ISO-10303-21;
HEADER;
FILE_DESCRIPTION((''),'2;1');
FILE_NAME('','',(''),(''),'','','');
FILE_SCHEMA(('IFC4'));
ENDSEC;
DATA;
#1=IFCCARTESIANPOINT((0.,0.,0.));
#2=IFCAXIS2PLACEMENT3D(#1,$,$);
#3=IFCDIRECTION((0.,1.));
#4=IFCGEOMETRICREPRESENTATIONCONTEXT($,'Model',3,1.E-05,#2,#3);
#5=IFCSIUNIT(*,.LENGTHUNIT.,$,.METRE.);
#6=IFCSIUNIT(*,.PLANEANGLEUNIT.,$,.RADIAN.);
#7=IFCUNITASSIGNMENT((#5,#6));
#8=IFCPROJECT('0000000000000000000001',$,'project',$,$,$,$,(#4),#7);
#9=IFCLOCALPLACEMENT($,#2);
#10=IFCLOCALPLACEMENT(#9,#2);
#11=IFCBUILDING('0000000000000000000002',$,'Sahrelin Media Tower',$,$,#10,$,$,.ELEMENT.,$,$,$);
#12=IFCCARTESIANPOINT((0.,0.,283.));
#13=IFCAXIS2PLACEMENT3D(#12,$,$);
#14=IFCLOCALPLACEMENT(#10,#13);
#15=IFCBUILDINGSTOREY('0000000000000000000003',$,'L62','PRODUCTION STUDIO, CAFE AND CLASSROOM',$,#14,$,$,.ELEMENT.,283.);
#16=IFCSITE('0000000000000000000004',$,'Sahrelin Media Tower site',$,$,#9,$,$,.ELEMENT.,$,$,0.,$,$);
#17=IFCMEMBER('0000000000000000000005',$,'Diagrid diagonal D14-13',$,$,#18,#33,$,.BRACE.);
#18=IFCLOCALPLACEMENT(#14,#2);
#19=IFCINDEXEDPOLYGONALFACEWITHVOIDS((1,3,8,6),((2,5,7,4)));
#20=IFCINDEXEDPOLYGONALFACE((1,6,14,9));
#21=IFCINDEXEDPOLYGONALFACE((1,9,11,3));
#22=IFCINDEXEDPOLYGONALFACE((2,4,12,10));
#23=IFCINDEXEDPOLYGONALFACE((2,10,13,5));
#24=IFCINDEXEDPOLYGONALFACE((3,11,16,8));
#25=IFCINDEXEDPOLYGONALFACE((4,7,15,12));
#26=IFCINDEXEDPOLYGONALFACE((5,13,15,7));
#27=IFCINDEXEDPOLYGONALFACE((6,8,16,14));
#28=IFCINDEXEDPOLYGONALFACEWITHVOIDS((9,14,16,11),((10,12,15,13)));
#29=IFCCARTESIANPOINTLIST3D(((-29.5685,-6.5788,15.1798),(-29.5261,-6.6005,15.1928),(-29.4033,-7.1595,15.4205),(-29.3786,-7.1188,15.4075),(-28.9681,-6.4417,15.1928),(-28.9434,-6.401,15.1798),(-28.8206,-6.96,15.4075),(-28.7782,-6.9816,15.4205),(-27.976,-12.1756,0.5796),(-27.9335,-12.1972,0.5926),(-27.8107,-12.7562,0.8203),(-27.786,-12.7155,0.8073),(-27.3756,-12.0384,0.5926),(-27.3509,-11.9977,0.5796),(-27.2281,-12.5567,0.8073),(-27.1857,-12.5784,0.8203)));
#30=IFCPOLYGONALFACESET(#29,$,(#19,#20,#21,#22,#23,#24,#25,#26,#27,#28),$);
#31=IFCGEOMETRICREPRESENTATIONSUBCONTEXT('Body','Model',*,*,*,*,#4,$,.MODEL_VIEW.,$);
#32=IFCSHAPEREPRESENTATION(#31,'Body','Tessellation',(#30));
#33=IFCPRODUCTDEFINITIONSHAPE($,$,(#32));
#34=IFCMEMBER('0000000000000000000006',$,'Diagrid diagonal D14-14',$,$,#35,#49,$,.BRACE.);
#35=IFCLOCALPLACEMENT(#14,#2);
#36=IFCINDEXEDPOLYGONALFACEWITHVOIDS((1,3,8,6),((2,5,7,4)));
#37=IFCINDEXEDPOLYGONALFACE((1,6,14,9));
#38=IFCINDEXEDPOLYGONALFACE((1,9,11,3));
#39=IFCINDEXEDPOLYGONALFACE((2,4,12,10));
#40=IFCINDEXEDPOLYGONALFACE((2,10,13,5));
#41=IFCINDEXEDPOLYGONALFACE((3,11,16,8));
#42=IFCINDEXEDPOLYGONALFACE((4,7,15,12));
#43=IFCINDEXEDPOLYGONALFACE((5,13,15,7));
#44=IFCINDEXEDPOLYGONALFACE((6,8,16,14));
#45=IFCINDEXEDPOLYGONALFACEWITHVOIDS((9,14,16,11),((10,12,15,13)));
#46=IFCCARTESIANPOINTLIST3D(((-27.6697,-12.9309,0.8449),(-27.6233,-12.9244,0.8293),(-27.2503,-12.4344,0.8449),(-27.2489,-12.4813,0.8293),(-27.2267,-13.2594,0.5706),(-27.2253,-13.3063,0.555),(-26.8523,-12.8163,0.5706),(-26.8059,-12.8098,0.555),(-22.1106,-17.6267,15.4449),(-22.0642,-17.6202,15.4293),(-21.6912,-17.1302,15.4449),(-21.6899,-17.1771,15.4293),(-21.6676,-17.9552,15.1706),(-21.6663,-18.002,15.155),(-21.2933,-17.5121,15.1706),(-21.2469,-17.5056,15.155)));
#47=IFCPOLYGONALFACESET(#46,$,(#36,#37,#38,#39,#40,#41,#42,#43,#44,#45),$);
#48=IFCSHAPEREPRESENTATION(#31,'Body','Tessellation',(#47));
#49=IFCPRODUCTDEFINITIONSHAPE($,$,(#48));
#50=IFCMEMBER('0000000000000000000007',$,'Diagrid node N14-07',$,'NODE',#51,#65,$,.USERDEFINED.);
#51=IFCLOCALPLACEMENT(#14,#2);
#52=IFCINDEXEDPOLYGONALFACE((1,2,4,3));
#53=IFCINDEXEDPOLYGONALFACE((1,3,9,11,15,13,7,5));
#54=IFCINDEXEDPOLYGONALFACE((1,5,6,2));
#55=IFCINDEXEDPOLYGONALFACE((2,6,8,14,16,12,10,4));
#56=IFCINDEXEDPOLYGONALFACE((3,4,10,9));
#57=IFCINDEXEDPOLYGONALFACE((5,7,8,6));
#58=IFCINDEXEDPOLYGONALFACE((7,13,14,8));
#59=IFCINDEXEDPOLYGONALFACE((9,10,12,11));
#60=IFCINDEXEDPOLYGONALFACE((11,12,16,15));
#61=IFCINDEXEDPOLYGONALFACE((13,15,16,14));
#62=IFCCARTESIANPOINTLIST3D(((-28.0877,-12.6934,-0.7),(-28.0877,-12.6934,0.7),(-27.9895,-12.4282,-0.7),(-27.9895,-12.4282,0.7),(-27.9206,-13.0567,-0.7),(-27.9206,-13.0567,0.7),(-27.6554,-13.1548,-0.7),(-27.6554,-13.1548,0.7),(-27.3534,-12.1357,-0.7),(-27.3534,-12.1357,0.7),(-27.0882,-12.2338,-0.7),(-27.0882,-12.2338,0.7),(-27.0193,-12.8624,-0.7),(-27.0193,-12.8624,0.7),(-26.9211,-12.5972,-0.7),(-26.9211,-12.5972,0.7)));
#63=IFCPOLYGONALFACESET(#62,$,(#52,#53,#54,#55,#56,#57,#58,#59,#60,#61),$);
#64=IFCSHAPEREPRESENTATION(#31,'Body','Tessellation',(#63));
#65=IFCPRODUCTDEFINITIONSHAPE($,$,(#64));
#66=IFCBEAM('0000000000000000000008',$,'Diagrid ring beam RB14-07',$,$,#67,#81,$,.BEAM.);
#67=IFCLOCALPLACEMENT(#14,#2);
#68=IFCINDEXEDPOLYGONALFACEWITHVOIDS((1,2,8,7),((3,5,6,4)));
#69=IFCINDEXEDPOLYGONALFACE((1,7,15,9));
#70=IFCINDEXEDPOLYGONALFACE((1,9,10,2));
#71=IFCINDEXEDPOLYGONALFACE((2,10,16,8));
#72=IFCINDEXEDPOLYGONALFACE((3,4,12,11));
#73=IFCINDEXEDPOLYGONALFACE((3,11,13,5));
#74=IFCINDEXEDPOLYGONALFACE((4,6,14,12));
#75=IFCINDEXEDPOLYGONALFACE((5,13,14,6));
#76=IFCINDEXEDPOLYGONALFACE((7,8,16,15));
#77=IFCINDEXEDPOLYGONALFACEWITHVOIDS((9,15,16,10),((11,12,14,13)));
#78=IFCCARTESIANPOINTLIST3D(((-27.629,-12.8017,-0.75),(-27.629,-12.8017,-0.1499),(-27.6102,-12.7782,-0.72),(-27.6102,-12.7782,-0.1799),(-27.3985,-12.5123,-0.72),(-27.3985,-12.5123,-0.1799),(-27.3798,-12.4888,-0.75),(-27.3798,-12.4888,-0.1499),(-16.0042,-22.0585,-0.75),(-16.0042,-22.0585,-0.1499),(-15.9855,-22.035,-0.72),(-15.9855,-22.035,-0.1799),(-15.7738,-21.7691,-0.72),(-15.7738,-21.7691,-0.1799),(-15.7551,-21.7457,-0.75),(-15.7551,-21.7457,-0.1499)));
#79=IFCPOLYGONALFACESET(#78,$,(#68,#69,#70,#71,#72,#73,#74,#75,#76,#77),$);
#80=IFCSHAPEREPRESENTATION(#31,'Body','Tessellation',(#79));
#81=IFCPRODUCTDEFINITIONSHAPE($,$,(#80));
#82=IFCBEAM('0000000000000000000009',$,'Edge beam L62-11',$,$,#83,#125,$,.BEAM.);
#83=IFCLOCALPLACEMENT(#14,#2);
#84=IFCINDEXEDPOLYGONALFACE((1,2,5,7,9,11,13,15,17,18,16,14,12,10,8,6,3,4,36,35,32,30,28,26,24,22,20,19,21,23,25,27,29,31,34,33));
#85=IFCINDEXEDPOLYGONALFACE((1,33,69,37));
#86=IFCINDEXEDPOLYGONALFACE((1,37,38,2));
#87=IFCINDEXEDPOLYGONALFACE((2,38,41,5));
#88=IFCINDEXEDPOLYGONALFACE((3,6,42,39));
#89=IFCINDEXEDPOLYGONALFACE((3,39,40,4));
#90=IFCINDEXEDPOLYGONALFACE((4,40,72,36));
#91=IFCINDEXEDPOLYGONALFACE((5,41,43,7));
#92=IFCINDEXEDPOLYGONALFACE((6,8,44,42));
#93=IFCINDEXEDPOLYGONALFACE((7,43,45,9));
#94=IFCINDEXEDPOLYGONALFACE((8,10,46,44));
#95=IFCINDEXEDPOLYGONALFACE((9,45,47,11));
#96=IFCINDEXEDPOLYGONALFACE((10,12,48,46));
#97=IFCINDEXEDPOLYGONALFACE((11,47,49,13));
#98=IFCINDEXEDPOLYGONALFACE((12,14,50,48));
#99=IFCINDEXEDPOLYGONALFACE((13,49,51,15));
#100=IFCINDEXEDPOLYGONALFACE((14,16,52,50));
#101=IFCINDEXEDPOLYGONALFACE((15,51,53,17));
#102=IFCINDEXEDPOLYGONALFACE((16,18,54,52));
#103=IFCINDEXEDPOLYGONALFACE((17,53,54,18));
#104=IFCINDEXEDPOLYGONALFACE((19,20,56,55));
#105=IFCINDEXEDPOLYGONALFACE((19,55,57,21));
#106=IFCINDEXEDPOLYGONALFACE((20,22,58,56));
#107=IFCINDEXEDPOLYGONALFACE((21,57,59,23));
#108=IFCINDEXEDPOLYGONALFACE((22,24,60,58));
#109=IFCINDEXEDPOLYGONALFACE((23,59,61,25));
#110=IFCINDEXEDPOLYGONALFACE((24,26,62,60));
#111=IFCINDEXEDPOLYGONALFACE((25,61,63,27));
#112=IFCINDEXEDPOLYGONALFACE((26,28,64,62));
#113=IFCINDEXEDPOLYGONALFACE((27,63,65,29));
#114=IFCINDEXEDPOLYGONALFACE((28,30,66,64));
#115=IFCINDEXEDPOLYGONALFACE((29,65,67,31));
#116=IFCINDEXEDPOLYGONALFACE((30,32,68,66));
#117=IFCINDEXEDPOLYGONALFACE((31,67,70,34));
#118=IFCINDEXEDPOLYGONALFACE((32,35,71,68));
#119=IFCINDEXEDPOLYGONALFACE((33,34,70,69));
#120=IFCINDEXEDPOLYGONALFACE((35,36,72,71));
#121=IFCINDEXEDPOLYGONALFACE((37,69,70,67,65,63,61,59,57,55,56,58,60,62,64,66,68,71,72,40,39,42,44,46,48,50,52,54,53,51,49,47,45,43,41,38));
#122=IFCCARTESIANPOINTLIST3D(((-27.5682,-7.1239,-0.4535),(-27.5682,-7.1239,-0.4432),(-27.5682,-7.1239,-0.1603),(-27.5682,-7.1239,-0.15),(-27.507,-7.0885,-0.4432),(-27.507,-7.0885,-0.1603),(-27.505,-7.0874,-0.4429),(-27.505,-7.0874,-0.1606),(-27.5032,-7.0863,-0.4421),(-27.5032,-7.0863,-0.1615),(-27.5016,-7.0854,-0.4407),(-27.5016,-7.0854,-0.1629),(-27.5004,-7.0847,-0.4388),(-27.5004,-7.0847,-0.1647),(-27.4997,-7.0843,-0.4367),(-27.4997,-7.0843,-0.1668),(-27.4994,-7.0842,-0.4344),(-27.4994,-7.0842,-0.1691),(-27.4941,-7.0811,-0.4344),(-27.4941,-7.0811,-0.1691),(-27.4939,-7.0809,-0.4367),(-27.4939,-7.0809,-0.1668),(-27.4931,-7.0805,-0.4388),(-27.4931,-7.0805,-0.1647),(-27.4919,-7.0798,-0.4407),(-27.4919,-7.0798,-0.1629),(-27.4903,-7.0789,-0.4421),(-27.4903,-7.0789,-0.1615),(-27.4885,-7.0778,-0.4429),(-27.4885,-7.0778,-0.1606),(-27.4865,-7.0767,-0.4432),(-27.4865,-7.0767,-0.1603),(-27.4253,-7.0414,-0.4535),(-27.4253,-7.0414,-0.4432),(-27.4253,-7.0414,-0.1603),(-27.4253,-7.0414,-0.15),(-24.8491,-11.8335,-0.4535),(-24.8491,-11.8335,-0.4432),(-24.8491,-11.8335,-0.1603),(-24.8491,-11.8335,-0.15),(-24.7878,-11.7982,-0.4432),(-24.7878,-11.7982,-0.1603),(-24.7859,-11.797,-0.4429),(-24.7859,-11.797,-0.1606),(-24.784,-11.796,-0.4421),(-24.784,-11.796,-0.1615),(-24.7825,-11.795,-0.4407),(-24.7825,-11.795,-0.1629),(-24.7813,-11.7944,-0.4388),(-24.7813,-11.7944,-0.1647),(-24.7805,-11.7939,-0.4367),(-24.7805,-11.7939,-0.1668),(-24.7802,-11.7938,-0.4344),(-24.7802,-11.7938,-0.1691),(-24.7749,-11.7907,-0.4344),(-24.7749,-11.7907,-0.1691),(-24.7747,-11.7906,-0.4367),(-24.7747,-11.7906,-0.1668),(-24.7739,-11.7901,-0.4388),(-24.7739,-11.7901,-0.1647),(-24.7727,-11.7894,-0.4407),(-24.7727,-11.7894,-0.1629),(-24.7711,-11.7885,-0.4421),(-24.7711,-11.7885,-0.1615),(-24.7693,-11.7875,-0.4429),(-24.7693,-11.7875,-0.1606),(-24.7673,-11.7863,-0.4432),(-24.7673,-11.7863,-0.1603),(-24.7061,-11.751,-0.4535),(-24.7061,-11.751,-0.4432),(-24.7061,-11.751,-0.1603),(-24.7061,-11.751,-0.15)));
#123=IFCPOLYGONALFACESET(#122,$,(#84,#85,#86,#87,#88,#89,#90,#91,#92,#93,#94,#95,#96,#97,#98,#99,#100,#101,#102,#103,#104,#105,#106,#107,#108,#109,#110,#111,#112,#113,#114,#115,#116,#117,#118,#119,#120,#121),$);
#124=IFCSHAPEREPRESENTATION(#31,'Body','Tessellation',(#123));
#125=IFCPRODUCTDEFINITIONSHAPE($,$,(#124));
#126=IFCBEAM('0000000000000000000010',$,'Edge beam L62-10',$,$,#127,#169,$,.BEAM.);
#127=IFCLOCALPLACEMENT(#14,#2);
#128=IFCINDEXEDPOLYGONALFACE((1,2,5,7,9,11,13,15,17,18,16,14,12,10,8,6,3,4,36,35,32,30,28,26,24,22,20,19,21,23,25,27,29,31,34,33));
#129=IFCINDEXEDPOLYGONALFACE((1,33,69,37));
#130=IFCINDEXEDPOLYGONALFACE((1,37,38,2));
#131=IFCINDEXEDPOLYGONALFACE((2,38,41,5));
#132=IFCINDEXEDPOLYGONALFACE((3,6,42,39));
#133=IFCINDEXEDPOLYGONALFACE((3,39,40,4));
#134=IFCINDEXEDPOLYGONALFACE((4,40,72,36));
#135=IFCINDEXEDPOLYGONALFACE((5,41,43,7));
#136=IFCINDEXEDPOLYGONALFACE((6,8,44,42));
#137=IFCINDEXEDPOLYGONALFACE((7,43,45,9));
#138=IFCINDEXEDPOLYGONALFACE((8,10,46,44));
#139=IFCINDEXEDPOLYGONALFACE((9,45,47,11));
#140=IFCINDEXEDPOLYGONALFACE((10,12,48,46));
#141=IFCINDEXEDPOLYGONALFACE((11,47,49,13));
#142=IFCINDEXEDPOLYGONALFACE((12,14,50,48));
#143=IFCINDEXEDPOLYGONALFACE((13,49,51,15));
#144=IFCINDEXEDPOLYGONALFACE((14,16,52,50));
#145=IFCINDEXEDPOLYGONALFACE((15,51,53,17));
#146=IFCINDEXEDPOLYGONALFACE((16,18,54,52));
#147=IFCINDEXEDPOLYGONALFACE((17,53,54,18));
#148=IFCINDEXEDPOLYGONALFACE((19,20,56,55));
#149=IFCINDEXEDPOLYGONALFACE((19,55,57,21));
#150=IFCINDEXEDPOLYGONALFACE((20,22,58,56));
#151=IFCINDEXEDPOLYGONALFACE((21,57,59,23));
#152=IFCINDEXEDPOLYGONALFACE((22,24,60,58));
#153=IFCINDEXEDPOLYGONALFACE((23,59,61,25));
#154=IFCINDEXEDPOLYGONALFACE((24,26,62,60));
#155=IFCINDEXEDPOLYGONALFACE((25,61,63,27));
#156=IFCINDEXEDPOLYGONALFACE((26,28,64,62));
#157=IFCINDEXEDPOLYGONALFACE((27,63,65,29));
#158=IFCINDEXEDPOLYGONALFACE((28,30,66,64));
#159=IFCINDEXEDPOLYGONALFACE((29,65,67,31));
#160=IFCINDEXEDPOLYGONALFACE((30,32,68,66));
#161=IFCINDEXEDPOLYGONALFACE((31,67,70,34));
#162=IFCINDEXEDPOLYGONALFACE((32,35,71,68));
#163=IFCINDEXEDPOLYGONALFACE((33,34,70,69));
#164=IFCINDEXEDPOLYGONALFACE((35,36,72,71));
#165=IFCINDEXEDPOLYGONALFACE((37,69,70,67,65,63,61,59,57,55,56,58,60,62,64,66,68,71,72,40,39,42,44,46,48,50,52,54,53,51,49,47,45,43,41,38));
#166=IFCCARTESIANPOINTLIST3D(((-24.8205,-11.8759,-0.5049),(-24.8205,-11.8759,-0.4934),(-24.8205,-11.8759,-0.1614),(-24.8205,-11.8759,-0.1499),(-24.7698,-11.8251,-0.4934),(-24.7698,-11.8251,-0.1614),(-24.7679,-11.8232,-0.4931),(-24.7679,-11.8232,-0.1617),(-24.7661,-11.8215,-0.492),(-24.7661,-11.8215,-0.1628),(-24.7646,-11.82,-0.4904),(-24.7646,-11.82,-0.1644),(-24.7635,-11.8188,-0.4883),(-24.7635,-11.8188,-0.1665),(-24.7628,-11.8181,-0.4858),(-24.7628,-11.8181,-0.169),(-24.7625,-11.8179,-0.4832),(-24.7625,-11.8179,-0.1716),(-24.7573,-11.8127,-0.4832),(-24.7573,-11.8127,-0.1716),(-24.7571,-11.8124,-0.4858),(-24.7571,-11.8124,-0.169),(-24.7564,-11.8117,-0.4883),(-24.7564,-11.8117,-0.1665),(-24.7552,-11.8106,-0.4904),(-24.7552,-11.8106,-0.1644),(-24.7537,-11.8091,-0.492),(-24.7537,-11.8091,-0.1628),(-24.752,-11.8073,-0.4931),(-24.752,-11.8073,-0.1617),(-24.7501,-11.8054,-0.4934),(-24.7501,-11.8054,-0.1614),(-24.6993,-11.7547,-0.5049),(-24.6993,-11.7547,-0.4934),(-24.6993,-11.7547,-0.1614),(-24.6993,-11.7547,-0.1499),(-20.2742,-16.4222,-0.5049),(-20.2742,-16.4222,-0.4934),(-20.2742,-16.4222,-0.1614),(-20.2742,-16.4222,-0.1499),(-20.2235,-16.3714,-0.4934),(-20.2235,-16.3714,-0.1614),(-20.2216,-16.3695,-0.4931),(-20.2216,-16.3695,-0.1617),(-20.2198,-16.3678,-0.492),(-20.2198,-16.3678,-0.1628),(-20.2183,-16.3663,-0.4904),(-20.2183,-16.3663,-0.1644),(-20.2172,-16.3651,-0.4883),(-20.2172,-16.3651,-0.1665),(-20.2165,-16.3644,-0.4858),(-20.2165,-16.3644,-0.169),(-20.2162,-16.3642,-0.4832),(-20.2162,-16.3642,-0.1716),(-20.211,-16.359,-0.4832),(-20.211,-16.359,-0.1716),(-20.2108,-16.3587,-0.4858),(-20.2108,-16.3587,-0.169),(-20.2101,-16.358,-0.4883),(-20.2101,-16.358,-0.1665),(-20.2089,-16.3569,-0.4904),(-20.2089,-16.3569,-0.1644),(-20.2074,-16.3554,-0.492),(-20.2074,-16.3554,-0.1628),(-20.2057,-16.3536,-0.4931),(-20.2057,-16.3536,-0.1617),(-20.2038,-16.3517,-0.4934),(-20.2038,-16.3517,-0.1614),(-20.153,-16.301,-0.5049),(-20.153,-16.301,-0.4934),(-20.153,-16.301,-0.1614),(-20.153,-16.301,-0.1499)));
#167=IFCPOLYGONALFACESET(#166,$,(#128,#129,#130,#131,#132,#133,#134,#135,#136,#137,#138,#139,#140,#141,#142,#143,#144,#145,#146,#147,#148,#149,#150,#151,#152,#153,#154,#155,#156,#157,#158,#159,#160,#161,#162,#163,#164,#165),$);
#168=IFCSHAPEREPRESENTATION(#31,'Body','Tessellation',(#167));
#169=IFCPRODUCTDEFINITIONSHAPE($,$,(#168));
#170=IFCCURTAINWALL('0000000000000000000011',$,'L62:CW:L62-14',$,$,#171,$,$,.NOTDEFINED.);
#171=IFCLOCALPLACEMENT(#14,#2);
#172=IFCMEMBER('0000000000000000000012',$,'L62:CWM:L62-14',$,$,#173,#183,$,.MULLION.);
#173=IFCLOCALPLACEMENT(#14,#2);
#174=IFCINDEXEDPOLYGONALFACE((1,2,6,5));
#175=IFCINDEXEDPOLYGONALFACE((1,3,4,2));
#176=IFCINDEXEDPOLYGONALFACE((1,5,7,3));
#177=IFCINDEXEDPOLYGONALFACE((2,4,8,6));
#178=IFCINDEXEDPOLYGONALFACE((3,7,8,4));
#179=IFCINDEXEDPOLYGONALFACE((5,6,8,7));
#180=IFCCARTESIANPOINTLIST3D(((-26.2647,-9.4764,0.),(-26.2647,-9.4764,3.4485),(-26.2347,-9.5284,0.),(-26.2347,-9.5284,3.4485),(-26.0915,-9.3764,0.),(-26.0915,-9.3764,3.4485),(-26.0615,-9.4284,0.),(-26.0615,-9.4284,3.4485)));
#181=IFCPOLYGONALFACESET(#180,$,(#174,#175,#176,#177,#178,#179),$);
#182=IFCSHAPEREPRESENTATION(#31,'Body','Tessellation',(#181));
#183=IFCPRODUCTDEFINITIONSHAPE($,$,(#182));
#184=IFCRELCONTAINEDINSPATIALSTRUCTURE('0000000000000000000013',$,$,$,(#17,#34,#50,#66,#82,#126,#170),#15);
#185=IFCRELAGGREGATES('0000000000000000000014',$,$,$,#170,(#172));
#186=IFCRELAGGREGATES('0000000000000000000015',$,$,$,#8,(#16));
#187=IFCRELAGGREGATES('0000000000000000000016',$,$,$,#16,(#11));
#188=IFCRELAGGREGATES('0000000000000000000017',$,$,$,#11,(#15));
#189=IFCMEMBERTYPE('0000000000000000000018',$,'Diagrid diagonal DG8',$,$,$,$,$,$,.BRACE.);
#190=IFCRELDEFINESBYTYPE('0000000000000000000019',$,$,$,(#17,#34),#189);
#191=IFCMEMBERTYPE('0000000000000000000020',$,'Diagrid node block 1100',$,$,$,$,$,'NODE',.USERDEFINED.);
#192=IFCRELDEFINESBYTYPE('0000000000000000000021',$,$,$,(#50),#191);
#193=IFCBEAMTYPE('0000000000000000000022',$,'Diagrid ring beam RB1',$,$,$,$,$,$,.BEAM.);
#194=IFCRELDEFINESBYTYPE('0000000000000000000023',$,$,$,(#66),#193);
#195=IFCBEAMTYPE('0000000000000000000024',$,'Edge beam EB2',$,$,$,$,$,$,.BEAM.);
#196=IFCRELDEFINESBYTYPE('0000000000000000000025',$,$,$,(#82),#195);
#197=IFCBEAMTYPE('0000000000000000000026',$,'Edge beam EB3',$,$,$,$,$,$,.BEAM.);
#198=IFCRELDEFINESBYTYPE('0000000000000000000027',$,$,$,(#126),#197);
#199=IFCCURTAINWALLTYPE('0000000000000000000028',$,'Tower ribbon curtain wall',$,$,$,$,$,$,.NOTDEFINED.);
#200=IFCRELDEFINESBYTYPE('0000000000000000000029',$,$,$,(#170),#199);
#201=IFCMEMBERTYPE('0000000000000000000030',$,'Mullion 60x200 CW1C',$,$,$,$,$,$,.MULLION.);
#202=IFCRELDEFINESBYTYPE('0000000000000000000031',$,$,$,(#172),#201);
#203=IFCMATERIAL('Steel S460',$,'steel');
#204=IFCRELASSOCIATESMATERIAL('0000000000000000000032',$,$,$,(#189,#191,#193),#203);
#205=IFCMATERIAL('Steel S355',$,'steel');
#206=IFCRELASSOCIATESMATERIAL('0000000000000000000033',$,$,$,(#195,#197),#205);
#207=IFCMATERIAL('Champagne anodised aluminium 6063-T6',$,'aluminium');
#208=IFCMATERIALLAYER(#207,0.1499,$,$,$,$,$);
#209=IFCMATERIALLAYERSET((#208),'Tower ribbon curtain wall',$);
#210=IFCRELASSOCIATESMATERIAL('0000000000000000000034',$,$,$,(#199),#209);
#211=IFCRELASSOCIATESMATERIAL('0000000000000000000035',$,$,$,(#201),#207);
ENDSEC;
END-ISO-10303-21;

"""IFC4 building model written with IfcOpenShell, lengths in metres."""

from ifc_helpers import new_model, si_unit, direction, frame, origin, origin_2d, place, context, subcontext, project, spatial, polyline, rectangle, hollow_rectangle, i_section, outline, extrude, material, layer, layer_set, material_profile, profile_set, type_object, element, aggregate, save


model = new_model("IFC4")

# Units and contexts
model_context = context("Model", 3, precision=1e-05, world=origin(), true_north=direction((0.0, 1.0)))
body_context = subcontext(model_context, "Body", "Model", "MODEL_VIEW")
ifc_project = project(units=[si_unit("LENGTHUNIT", "METRE"), si_unit("PLANEANGLEUNIT", "RADIAN")], contexts=[model_context])

# Site, building, storey
site_placement = place(None, origin())
site = spatial("IfcSite", under=ifc_project, at=site_placement, Name="Sahrelin Media Tower site", CompositionType="ELEMENT", RefElevation=0.0)
building_placement = place(site_placement, origin())
building = spatial("IfcBuilding", under=site, at=building_placement, Name="Sahrelin Media Tower", CompositionType="ELEMENT")
storey_placement = place(building_placement, frame((0.0, 0.0, 283.0)))
storey = spatial("IfcBuildingStorey", under=building, at=storey_placement, Name="L62", Description="PRODUCTION STUDIO, CAFE AND CLASSROOM", CompositionType="ELEMENT", Elevation=283.0)

# Members
ifc_material_1 = material(Name="Steel S460", Category="steel")
ifc_material_profile_1 = material_profile(ifc_material_1, hollow_rectangle(XDim=0.6499, YDim=0.6499, WallThickness=0.0349, at=origin_2d()), Name="Diagrid diagonal DG8")
ifc_profile_set_1 = profile_set([ifc_material_profile_1], Name="Steel S460")
member_type_1 = type_object("IfcMemberType", Name="Diagrid diagonal DG8", PredefinedType="BRACE", material=ifc_profile_set_1)
member_1_placement = place(storey_placement, frame((-27.5808, -12.377, 0.7), z_axis=(-0.101326, 0.356092, 0.928941), x_axis=(-0.961819, -0.273685, 0.0)))
element("IfcMember", 1, at=member_1_placement, inside=storey, type_object=member_type_1, Name="Diagrid diagonal D14-13", PredefinedType="BRACE", context=body_context, shape_type="SweptSolid", body=[
    extrude(hollow_rectangle(XDim=0.6499, YDim=0.6499, WallThickness=0.0349, at=origin_2d()), origin(), (0.0, 0.0, 1.0), 15.717),
])
member_2_placement = place(storey_placement, frame((-27.2378, -12.8704, 0.7), z_axis=(0.340774, -0.287855, 0.894993), x_axis=(0.645298, 0.763931, 0.0)))
element("IfcMember", 2, at=member_2_placement, inside=storey, type_object=member_type_1, Name="Diagrid diagonal D14-14", PredefinedType="BRACE", context=body_context, shape_type="SweptSolid", body=[
    extrude(hollow_rectangle(XDim=0.6499, YDim=0.6499, WallThickness=0.0349, at=origin_2d()), origin(), (0.0, 0.0, 1.0), 16.313),
])
ifc_material_profile_2 = material_profile(ifc_material_1, outline(polyline([(0.3501, -0.3999), (0.55, -0.2), (0.55, 0.2), (0.3501, 0.3999), (-0.3501, 0.3999), (-0.55, 0.2), (-0.55, -0.2), (-0.3501, -0.3999), (0.3501, -0.3999)])), Name="Diagrid node block 1100")
ifc_profile_set_2 = profile_set([ifc_material_profile_2], Name="Steel S460")
member_type_2 = type_object("IfcMemberType", Name="Diagrid node block 1100", ElementType="NODE", PredefinedType="USERDEFINED", material=ifc_profile_set_2)
member_3_placement = place(storey_placement, frame((-27.5044, -12.6453, -0.7), z_axis=(0.0, 0.0, 1.0), x_axis=(-0.908575, -0.417723, 0.0)))
element("IfcMember", 3, at=member_3_placement, inside=storey, type_object=member_type_2, Name="Diagrid node N14-07", ObjectType="NODE", PredefinedType="USERDEFINED", context=body_context, shape_type="SweptSolid", body=[
    extrude(outline(polyline([(0.3501, -0.3999), (0.55, -0.2), (0.55, 0.2), (0.3501, 0.3999), (-0.3501, 0.3999), (-0.55, 0.2), (-0.55, -0.2), (-0.3501, -0.3999), (0.3501, -0.3999)])), origin(), (0.0, 0.0, 1.0), 1.3999),
])

# Beams
ifc_material_profile_3 = material_profile(ifc_material_1, hollow_rectangle(XDim=0.3999, YDim=0.6001, WallThickness=0.03, at=origin_2d()), Name="Diagrid ring beam RB1")
ifc_profile_set_3 = profile_set([ifc_material_profile_3], Name="Steel S460")
beam_type_1 = type_object("IfcBeamType", Name="Diagrid ring beam RB1", PredefinedType="BEAM", material=ifc_profile_set_3)
beam_1_placement = place(storey_placement, frame((-27.5044, -12.6453, -0.45), z_axis=(0.782277, -0.62293, 0.0), x_axis=(0.62293, 0.782277, 0.0)))
element("IfcBeam", 4, at=beam_1_placement, inside=storey, type_object=beam_type_1, Name="Diagrid ring beam RB14-07", PredefinedType="BEAM", context=body_context, shape_type="SweptSolid", body=[
    extrude(hollow_rectangle(XDim=0.3999, YDim=0.6001, WallThickness=0.03, at=origin_2d()), origin(), (0.0, 0.0, 1.0), 14.8601),
])
ifc_material_2 = material(Name="Steel S355", Category="steel")
ifc_material_profile_4 = material_profile(ifc_material_2, i_section(OverallWidth=0.165, OverallDepth=0.3035, WebThickness=0.0061, FlangeThickness=0.0103, FilletRadius=0.0088, at=origin_2d()), Name="UB 305x165x40")
ifc_profile_set_4 = profile_set([ifc_material_profile_4], Name="Steel S355")
beam_type_2 = type_object("IfcBeamType", Name="Edge beam EB2", PredefinedType="BEAM", material=ifc_profile_set_4)
beam_2_placement = place(storey_placement, frame((-24.7776, -11.7922, -0.3018), z_axis=(-0.500011, 0.866019, 0.0), x_axis=(-0.866019, -0.500011, 0.0)))
element("IfcBeam", 5, at=beam_2_placement, inside=storey, type_object=beam_type_2, Name="Edge beam L62-11", PredefinedType="BEAM", context=body_context, shape_type="SweptSolid", body=[
    extrude(i_section(OverallWidth=0.165, OverallDepth=0.3035, WebThickness=0.0061, FlangeThickness=0.0103, FilletRadius=0.0088, at=origin_2d()), origin(), (0.0, 0.0, 1.0), 5.4382),
])
ifc_material_profile_5 = material_profile(ifc_material_2, i_section(OverallWidth=0.1714, OverallDepth=0.355, WebThickness=0.0073, FlangeThickness=0.0115, FilletRadius=0.0103, at=origin_2d()), Name="UB 356x171x51")
ifc_profile_set_5 = profile_set([ifc_material_profile_5], Name="Steel S355")
beam_type_3 = type_object("IfcBeamType", Name="Edge beam EB3", PredefinedType="BEAM", material=ifc_profile_set_5)
beam_3_placement = place(storey_placement, frame((-20.2136, -16.3616, -0.3274), z_axis=(-0.707107, 0.707107, 0.0), x_axis=(-0.707107, -0.707107, 0.0)))
element("IfcBeam", 6, at=beam_3_placement, inside=storey, type_object=beam_type_3, Name="Edge beam L62-10", PredefinedType="BEAM", context=body_context, shape_type="SweptSolid", body=[
    extrude(i_section(OverallWidth=0.1714, OverallDepth=0.355, WebThickness=0.0073, FlangeThickness=0.0115, FilletRadius=0.0103, at=origin_2d()), origin(), (0.0, 0.0, 1.0), 6.4294),
])

# Curtain wall, member
ifc_material_3 = material(Name="Champagne anodised aluminium 6063-T6", Category="aluminium")
ifc_layer_1 = layer(ifc_material_3, 0.1499)
ifc_layer_set_1 = layer_set([ifc_layer_1], Name="Tower ribbon curtain wall")
curtain_wall_type = type_object("IfcCurtainWallType", Name="Tower ribbon curtain wall", PredefinedType="NOTDEFINED", material=ifc_layer_set_1)
curtain_wall_1_placement = place(storey_placement, frame((-26.2671, -9.5125, 0.0), z_axis=(0.0, 0.0, 1.0), x_axis=(1.0, 0.0, 0.0)))
curtain_wall_1 = element("IfcCurtainWall", 7, at=curtain_wall_1_placement, inside=storey, type_object=curtain_wall_type, Name="L62:CW:L62-14", PredefinedType="NOTDEFINED")
ifc_material_profile_6 = material_profile(ifc_material_3, rectangle(XDim=0.0601, YDim=0.2, at=origin_2d()), Name="Mullion 60x200")
ifc_profile_set_6 = profile_set([ifc_material_profile_6], Name="Champagne anodised aluminium 6063-T6")
member_type_3 = type_object("IfcMemberType", Name="Mullion 60x200 CW1C", PredefinedType="MULLION", material=ifc_profile_set_6)
member_4_placement = place(storey_placement, frame((-26.1631, -9.4524, 0.0), z_axis=(0.0, 0.0, 1.0), x_axis=(0.5, -0.866025, 0.0)))
member_4 = element("IfcMember", 8, at=member_4_placement, type_object=member_type_3, Name="L62:CWM:L62-14", PredefinedType="MULLION", context=body_context, shape_type="SweptSolid", body=[
    extrude(rectangle(XDim=0.0601, YDim=0.2, at=origin_2d()), origin(), (0.0, 0.0, 1.0), 3.4485),
])
aggregate(curtain_wall_1, [member_4])

save(model, "model.ifc")
